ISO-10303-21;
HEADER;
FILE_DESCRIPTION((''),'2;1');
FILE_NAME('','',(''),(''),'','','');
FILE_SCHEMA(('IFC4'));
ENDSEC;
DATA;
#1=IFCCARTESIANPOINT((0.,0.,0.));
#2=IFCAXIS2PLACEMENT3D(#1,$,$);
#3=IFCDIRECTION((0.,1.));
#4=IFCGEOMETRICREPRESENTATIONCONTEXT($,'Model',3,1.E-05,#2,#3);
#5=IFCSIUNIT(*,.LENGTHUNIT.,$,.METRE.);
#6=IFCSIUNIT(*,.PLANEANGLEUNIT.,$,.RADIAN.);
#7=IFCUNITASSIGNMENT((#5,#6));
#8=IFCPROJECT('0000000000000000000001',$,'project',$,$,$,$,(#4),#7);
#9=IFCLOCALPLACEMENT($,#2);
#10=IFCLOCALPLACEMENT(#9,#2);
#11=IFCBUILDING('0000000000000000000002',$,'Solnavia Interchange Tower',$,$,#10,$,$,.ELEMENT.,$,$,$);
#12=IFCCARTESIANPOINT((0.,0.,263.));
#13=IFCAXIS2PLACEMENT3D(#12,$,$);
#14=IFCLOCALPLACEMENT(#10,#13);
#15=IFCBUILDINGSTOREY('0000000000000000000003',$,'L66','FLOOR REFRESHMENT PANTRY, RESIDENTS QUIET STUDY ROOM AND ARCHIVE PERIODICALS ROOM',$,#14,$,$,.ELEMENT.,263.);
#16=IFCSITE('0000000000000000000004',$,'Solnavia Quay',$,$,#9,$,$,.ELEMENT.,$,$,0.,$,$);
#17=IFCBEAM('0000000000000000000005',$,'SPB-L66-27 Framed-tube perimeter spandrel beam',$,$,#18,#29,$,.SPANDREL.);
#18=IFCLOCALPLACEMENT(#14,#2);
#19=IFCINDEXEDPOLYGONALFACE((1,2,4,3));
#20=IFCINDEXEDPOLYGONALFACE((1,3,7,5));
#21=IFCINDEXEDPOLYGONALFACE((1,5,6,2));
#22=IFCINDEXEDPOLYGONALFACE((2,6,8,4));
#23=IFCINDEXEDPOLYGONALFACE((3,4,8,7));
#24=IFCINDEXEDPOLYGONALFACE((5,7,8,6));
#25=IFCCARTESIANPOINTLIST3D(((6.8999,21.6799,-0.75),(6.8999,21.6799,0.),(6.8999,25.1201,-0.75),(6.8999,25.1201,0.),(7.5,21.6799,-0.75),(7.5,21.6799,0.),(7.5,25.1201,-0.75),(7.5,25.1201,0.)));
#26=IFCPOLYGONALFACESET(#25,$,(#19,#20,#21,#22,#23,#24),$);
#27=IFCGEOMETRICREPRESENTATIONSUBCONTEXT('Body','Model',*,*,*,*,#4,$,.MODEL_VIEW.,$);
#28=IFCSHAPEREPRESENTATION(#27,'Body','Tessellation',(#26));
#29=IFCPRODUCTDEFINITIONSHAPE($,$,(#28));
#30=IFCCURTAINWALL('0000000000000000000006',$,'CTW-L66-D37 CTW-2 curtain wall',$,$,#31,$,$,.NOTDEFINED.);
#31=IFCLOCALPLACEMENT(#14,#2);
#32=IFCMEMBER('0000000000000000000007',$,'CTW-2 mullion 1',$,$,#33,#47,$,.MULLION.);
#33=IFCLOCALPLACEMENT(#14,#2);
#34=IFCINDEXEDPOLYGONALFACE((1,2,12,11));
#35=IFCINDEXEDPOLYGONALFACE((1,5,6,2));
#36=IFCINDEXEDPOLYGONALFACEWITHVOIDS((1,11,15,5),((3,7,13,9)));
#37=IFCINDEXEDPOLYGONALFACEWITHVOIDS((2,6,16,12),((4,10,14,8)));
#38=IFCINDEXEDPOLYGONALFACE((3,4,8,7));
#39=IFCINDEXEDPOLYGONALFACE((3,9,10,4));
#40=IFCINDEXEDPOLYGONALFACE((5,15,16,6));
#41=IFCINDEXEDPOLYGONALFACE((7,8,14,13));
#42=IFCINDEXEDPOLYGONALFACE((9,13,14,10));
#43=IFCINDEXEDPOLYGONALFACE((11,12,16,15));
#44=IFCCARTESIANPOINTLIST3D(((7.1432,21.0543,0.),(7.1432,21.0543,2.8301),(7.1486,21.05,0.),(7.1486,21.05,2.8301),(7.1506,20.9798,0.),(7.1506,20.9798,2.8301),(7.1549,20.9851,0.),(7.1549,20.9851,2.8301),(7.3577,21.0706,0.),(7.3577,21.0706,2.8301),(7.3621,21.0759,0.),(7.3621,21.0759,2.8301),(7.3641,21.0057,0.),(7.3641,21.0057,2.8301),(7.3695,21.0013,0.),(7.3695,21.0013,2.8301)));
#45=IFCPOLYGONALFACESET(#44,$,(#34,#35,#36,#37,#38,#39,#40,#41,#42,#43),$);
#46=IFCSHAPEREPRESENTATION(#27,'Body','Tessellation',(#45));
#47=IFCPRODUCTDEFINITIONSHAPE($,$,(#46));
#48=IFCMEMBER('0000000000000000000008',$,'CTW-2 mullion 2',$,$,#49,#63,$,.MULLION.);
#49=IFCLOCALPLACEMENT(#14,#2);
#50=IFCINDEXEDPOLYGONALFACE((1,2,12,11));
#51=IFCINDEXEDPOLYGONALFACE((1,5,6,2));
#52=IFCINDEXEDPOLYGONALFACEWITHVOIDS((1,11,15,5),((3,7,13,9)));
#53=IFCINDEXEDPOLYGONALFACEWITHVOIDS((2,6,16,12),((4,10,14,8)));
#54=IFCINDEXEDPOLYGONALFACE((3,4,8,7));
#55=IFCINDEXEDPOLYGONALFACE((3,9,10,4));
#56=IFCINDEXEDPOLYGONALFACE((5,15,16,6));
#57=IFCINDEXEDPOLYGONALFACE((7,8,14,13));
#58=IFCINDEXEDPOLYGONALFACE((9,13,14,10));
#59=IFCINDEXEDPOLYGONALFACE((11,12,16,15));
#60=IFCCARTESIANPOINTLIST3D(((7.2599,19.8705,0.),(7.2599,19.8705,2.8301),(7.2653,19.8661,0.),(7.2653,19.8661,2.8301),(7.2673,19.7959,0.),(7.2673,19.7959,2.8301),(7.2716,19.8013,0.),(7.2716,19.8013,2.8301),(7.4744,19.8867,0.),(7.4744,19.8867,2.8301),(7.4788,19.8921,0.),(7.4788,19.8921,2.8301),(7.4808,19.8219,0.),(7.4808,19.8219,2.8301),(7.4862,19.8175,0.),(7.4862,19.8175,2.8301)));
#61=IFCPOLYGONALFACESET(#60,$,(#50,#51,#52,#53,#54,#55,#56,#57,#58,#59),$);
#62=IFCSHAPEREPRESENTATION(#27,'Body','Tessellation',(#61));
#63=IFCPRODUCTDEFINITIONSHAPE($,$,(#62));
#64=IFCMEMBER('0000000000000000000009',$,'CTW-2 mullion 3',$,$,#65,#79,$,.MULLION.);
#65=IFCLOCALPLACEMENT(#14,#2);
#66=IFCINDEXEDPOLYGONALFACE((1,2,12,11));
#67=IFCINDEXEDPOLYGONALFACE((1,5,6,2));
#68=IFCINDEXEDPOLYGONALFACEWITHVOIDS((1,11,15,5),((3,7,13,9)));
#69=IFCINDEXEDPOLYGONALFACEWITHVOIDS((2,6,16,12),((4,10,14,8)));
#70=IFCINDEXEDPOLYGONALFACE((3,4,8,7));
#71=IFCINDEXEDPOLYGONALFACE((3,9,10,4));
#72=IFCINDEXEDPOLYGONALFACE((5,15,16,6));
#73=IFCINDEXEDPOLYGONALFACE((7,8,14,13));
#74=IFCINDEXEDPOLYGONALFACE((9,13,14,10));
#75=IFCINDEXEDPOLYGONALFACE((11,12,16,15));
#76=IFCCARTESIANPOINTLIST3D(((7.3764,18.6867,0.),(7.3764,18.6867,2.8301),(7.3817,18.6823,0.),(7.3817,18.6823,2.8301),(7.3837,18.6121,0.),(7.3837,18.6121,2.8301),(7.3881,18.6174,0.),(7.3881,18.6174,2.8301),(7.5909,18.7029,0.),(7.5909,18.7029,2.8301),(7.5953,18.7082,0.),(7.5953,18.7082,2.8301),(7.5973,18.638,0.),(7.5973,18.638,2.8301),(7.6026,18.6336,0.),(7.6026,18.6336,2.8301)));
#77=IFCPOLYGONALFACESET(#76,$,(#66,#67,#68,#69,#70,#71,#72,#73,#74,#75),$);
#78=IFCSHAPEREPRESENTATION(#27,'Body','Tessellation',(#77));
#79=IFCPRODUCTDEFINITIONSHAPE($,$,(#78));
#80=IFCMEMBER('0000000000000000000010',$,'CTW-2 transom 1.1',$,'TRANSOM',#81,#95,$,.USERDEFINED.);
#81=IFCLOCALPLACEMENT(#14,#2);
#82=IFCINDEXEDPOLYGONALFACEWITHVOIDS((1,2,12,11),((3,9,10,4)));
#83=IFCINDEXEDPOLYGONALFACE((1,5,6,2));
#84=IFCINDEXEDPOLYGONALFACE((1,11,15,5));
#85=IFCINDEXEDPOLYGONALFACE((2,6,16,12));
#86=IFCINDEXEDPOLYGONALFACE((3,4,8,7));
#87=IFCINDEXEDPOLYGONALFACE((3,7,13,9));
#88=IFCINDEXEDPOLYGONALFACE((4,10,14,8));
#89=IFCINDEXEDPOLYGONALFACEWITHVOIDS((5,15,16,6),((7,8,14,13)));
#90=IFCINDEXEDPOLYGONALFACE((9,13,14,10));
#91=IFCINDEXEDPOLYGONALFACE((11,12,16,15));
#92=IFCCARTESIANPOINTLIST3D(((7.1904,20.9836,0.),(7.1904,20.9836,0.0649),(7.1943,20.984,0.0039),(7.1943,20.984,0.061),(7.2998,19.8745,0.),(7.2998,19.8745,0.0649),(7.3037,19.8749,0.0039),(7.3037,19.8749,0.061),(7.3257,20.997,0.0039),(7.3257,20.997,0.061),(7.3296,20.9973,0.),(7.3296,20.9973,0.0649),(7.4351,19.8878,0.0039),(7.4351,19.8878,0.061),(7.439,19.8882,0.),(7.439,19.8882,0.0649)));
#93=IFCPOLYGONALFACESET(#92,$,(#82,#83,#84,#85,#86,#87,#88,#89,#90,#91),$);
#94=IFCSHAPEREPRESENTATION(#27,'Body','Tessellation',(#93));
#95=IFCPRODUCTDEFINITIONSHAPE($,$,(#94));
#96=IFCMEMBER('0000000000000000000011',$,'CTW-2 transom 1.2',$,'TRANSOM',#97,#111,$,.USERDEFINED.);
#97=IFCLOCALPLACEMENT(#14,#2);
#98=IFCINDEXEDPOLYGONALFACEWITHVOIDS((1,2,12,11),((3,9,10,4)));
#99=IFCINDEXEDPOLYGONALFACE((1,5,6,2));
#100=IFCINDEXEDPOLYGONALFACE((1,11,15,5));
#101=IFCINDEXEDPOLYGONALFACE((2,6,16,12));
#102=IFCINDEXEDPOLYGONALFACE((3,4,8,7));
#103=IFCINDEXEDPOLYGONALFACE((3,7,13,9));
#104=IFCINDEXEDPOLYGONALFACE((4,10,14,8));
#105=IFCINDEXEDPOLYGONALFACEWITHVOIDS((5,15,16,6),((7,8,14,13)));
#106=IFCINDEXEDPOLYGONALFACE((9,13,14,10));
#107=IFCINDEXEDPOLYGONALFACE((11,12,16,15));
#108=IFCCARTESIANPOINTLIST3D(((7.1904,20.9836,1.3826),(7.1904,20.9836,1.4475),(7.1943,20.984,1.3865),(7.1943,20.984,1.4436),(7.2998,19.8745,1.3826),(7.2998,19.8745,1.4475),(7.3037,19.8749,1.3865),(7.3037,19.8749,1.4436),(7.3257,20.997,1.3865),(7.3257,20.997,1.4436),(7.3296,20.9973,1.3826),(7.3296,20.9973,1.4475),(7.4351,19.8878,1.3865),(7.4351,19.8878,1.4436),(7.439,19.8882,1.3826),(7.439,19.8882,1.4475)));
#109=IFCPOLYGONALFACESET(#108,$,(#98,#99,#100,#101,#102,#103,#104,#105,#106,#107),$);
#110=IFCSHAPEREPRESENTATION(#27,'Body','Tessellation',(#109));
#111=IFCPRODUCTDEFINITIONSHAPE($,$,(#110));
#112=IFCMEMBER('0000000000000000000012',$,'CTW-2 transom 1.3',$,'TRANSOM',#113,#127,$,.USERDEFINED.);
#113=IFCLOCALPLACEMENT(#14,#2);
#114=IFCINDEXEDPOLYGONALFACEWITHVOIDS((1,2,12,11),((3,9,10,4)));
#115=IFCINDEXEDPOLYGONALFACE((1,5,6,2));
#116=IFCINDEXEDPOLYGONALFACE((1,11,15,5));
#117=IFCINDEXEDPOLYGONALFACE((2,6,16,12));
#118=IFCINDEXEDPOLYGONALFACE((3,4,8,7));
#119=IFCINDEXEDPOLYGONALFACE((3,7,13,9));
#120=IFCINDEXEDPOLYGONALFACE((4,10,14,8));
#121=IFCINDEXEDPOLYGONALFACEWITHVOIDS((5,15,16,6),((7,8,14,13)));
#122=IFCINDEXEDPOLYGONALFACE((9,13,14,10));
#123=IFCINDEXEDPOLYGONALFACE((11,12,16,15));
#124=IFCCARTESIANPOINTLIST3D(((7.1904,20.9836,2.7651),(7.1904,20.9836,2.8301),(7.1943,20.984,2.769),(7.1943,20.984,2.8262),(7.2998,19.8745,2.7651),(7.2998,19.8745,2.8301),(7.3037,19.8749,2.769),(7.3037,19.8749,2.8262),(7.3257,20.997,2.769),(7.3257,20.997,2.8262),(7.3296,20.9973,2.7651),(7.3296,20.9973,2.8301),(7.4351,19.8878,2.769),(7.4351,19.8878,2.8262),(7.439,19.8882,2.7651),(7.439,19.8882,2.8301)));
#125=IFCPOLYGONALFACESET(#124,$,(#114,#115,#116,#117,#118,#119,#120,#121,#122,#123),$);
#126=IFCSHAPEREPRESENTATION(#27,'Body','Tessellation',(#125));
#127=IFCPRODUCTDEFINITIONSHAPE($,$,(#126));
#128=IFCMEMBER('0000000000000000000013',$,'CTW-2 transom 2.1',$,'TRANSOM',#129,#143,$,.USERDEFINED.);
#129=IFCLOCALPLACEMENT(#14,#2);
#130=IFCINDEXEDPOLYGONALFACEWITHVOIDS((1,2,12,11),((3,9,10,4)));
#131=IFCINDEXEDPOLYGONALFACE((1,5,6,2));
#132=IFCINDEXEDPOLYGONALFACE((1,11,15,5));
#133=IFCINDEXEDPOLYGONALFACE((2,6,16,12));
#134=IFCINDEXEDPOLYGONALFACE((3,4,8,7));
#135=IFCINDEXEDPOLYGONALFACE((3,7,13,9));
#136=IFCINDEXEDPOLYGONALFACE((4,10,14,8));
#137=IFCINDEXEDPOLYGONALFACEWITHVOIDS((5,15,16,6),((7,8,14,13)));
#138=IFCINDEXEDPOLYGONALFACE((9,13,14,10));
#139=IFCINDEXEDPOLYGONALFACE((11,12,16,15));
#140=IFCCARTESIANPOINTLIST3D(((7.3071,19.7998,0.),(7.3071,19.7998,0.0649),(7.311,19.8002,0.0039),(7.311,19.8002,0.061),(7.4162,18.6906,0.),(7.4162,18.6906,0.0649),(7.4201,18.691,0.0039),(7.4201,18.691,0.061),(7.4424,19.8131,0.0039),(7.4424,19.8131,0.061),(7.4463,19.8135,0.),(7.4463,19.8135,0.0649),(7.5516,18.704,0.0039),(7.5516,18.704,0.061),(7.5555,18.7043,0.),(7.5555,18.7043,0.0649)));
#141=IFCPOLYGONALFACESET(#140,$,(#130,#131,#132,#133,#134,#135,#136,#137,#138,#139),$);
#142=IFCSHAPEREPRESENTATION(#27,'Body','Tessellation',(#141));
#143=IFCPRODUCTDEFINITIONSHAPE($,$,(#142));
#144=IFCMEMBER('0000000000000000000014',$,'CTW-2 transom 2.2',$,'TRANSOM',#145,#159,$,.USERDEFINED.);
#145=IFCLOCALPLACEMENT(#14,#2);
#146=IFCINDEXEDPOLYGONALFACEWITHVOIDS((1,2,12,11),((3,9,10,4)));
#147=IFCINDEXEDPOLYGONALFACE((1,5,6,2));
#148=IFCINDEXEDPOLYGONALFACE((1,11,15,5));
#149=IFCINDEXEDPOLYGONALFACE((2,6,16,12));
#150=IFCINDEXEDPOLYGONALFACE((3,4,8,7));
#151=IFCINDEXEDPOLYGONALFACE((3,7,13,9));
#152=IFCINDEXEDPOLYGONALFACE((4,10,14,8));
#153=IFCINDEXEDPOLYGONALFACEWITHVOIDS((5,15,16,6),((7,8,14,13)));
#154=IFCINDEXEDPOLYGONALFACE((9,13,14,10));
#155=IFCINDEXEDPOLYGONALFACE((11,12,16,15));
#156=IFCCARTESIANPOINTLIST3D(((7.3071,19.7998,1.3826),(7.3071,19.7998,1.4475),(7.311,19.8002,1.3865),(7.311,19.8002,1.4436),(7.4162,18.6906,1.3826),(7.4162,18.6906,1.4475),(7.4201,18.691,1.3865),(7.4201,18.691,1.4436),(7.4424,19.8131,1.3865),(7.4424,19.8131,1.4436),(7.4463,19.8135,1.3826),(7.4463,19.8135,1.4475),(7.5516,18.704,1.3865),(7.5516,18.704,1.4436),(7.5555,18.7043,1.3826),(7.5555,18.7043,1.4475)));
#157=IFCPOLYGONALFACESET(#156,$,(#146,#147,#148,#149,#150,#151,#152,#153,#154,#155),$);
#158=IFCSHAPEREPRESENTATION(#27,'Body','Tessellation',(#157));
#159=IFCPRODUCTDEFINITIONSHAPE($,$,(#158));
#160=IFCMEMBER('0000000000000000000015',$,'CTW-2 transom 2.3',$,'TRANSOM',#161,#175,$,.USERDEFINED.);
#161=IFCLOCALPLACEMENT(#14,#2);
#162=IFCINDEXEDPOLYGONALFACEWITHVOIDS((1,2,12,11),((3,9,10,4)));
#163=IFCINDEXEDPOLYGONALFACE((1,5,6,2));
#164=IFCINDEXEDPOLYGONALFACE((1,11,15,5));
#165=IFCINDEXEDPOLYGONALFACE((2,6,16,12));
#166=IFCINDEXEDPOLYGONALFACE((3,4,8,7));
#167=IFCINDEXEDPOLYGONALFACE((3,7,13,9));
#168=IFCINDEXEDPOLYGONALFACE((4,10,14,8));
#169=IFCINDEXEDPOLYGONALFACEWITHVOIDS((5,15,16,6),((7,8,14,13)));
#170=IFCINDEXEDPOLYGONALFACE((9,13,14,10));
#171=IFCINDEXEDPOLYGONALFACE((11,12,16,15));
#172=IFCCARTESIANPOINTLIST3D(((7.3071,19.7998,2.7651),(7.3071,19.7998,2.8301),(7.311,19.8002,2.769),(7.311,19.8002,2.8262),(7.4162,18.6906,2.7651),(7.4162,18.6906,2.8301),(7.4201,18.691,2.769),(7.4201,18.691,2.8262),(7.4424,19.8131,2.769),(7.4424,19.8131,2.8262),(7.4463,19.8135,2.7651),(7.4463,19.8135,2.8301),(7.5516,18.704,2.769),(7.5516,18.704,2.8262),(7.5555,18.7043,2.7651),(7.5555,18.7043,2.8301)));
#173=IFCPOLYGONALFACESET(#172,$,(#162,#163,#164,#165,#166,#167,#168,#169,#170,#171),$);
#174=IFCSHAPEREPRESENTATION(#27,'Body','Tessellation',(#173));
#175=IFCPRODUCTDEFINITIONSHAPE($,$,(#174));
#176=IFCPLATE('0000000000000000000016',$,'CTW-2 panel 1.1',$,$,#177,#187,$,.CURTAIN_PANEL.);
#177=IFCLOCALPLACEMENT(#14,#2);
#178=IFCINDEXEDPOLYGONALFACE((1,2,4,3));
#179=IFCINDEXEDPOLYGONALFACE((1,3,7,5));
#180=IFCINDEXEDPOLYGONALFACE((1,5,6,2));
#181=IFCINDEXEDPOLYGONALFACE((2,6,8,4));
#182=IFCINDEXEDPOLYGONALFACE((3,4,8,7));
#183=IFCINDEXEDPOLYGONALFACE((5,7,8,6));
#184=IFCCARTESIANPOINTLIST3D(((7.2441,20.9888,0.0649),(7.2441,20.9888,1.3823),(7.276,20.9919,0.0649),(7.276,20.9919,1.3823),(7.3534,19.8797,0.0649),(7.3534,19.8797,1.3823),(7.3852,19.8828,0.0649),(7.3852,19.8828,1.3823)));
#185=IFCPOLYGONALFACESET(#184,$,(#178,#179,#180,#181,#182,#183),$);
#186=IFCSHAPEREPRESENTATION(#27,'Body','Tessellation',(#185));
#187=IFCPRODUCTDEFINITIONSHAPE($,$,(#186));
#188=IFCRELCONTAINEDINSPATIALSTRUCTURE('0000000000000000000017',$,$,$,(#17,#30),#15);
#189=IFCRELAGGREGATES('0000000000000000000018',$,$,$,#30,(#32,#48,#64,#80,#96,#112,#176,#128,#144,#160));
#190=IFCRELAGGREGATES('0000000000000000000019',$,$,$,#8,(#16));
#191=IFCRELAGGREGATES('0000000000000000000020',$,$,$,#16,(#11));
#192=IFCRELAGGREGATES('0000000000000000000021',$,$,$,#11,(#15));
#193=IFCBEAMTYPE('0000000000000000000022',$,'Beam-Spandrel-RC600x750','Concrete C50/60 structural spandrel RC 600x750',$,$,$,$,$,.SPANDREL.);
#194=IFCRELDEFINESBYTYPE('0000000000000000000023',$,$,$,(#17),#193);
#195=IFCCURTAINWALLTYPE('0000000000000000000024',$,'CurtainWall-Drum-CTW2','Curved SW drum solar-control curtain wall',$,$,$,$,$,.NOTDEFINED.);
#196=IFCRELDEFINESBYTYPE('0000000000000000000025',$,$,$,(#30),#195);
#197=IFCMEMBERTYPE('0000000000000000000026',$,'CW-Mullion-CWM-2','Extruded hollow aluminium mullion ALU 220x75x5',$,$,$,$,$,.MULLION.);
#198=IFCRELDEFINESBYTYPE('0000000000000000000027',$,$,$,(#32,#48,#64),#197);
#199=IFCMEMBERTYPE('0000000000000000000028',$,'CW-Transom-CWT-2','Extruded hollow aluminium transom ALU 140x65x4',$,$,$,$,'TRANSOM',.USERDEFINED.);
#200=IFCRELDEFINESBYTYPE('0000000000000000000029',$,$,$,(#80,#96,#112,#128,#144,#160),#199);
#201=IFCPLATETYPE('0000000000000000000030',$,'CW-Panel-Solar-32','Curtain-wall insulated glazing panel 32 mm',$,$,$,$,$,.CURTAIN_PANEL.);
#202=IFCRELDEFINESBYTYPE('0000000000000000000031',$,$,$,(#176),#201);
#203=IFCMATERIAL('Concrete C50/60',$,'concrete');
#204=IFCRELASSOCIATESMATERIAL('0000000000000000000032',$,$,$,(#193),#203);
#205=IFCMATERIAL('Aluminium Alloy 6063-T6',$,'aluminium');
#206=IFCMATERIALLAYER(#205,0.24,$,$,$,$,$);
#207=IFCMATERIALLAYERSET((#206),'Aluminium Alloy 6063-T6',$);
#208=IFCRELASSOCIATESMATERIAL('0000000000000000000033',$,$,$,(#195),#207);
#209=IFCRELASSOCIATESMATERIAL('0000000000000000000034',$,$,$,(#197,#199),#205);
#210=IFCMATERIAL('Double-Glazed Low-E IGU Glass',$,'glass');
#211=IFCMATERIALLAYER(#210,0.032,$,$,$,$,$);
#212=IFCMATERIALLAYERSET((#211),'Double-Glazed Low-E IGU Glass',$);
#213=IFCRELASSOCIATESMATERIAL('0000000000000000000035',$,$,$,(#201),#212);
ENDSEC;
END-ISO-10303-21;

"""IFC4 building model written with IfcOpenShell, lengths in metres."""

from ifc_helpers import new_model, si_unit, direction, frame, origin, origin_2d, place, context, subcontext, project, spatial, rectangle, hollow_rectangle, extrude, material, layer, layer_set, material_profile, profile_set, type_object, element, aggregate, save


model = new_model("IFC4")

# Units and contexts
model_context = context("Model", 3, precision=1e-05, world=origin(), true_north=direction((0.0, 1.0)))
body_context = subcontext(model_context, "Body", "Model", "MODEL_VIEW")
ifc_project = project(units=[si_unit("LENGTHUNIT", "METRE"), si_unit("PLANEANGLEUNIT", "RADIAN")], contexts=[model_context])

# Site, building, storey
site_placement = place(None, origin())
site = spatial("IfcSite", under=ifc_project, at=site_placement, Name="Solnavia Quay", CompositionType="ELEMENT", RefElevation=0.0)
building_placement = place(site_placement, origin())
building = spatial("IfcBuilding", under=site, at=building_placement, Name="Solnavia Interchange Tower", CompositionType="ELEMENT")
storey_placement = place(building_placement, frame((0.0, 0.0, 263.0)))
storey = spatial("IfcBuildingStorey", under=building, at=storey_placement, Name="L66", Description="FLOOR REFRESHMENT PANTRY, RESIDENTS QUIET STUDY ROOM AND ARCHIVE PERIODICALS ROOM", CompositionType="ELEMENT", Elevation=263.0)

# Shared definitions
ifc_material_1 = material(Name="Concrete C50/60", Category="concrete")

# Beam
ifc_material_profile_1 = material_profile(ifc_material_1, rectangle(XDim=0.6001, YDim=0.75, at=origin_2d()), Name="RC 600x750")
ifc_profile_set_1 = profile_set([ifc_material_profile_1], Name="Concrete C50/60")
beam_type_1 = type_object("IfcBeamType", Name="Beam-Spandrel-RC600x750", Description="Concrete C50/60 structural spandrel RC 600x750", PredefinedType="SPANDREL", material=ifc_profile_set_1)
beam_1_placement = place(storey_placement, frame((7.2, 25.1201, -0.375), z_axis=(0.0, -1.0, 0.0), x_axis=(1.0, 0.0, 0.0)))
element("IfcBeam", 1, at=beam_1_placement, inside=storey, type_object=beam_type_1, Name="SPB-L66-27 Framed-tube perimeter spandrel beam", PredefinedType="SPANDREL", context=body_context, shape_type="SweptSolid", body=[
    extrude(rectangle(XDim=0.6001, YDim=0.75, at=origin_2d()), origin(), (0.0, 0.0, 1.0), 3.4402),
])

# Curtain wall, members, plate
ifc_material_2 = material(Name="Aluminium Alloy 6063-T6", Category="aluminium")
ifc_layer_1 = layer(ifc_material_2, 0.24)
ifc_layer_set_1 = layer_set([ifc_layer_1], Name="Aluminium Alloy 6063-T6")
curtain_wall_type = type_object("IfcCurtainWallType", Name="CurtainWall-Drum-CTW2", Description="Curved SW drum solar-control curtain wall", PredefinedType="NOTDEFINED", material=ifc_layer_set_1)
curtain_wall_placement = place(storey_placement, origin())
curtain_wall = element("IfcCurtainWall", 2, at=curtain_wall_placement, inside=storey, type_object=curtain_wall_type, Name="CTW-L66-D37 CTW-2 curtain wall", PredefinedType="NOTDEFINED")
ifc_material_profile_2 = material_profile(ifc_material_2, hollow_rectangle(XDim=0.075, YDim=0.22, WallThickness=0.0049, at=origin_2d()), Name="ALU 220x75x5")
ifc_profile_set_2 = profile_set([ifc_material_profile_2], Name="Aluminium Alloy 6063-T6")
member_type_1 = type_object("IfcMemberType", Name="CW-Mullion-CWM-2", Description="Extruded hollow aluminium mullion ALU 220x75x5", PredefinedType="MULLION", material=ifc_profile_set_2)
member_1_placement = place(storey_placement, frame((7.2563, 21.0278, 0.0), z_axis=(0.0, 0.0, 1.0), x_axis=(0.098043, -0.995182, 0.0)))
member_1 = element("IfcMember", 3, at=member_1_placement, type_object=member_type_1, Name="CTW-2 mullion 1", PredefinedType="MULLION", context=body_context, shape_type="SweptSolid", body=[
    extrude(hollow_rectangle(XDim=0.075, YDim=0.22, WallThickness=0.0049, at=origin_2d()), origin(), (0.0, 0.0, 1.0), 2.8301),
])
member_2_placement = place(storey_placement, frame((7.373, 19.844, 0.0), z_axis=(0.0, 0.0, 1.0), x_axis=(0.098043, -0.995182, 0.0)))
member_2 = element("IfcMember", 4, at=member_2_placement, type_object=member_type_1, Name="CTW-2 mullion 2", PredefinedType="MULLION", context=body_context, shape_type="SweptSolid", body=[
    extrude(hollow_rectangle(XDim=0.075, YDim=0.22, WallThickness=0.0049, at=origin_2d()), origin(), (0.0, 0.0, 1.0), 2.8301),
])
member_3_placement = place(storey_placement, frame((7.4895, 18.6602, 0.0), z_axis=(0.0, 0.0, 1.0), x_axis=(0.098043, -0.995182, 0.0)))
member_3 = element("IfcMember", 5, at=member_3_placement, type_object=member_type_1, Name="CTW-2 mullion 3", PredefinedType="MULLION", context=body_context, shape_type="SweptSolid", body=[
    extrude(hollow_rectangle(XDim=0.075, YDim=0.22, WallThickness=0.0049, at=origin_2d()), origin(), (0.0, 0.0, 1.0), 2.8301),
])
ifc_material_profile_3 = material_profile(ifc_material_2, hollow_rectangle(XDim=0.0649, YDim=0.1399, WallThickness=0.0039, at=origin_2d()), Name="ALU 140x65x4")
ifc_profile_set_3 = profile_set([ifc_material_profile_3], Name="Aluminium Alloy 6063-T6")
member_type_2 = type_object("IfcMemberType", Name="CW-Transom-CWT-2", Description="Extruded hollow aluminium transom ALU 140x65x4", ElementType="TRANSOM", PredefinedType="USERDEFINED", material=ifc_profile_set_3)
member_4_placement = place(storey_placement, frame((7.26, 20.9905, 0.0325), z_axis=(0.098137, -0.995173, 0.0), x_axis=(0.0, 0.0, 1.0)))
member_4 = element("IfcMember", 6, at=member_4_placement, type_object=member_type_2, Name="CTW-2 transom 1.1", ObjectType="TRANSOM", PredefinedType="USERDEFINED", context=body_context, shape_type="SweptSolid", body=[
    extrude(hollow_rectangle(XDim=0.0649, YDim=0.1399, WallThickness=0.0039, at=origin_2d()), origin(), (0.0, 0.0, 1.0), 1.1145),
])
member_5_placement = place(storey_placement, frame((7.26, 20.9905, 1.415), z_axis=(0.098137, -0.995173, 0.0), x_axis=(0.0, 0.0, 1.0)))
member_5 = element("IfcMember", 7, at=member_5_placement, type_object=member_type_2, Name="CTW-2 transom 1.2", ObjectType="TRANSOM", PredefinedType="USERDEFINED", context=body_context, shape_type="SweptSolid", body=[
    extrude(hollow_rectangle(XDim=0.0649, YDim=0.1399, WallThickness=0.0039, at=origin_2d()), origin(), (0.0, 0.0, 1.0), 1.1145),
])
member_6_placement = place(storey_placement, frame((7.26, 20.9905, 2.7976), z_axis=(0.098137, -0.995173, 0.0), x_axis=(0.0, 0.0, 1.0)))
member_6 = element("IfcMember", 8, at=member_6_placement, type_object=member_type_2, Name="CTW-2 transom 1.3", ObjectType="TRANSOM", PredefinedType="USERDEFINED", context=body_context, shape_type="SweptSolid", body=[
    extrude(hollow_rectangle(XDim=0.0649, YDim=0.1399, WallThickness=0.0039, at=origin_2d()), origin(), (0.0, 0.0, 1.0), 1.1145),
])
member_7_placement = place(storey_placement, frame((7.3767, 19.8066, 0.0325), z_axis=(0.09792, -0.995194, 0.0), x_axis=(0.0, 0.0, 1.0)))
member_7 = element("IfcMember", 9, at=member_7_placement, type_object=member_type_2, Name="CTW-2 transom 2.1", ObjectType="TRANSOM", PredefinedType="USERDEFINED", context=body_context, shape_type="SweptSolid", body=[
    extrude(hollow_rectangle(XDim=0.0649, YDim=0.1399, WallThickness=0.0039, at=origin_2d()), origin(), (0.0, 0.0, 1.0), 1.1145),
])
member_8_placement = place(storey_placement, frame((7.3767, 19.8066, 1.415), z_axis=(0.09792, -0.995194, 0.0), x_axis=(0.0, 0.0, 1.0)))
member_8 = element("IfcMember", 10, at=member_8_placement, type_object=member_type_2, Name="CTW-2 transom 2.2", ObjectType="TRANSOM", PredefinedType="USERDEFINED", context=body_context, shape_type="SweptSolid", body=[
    extrude(hollow_rectangle(XDim=0.0649, YDim=0.1399, WallThickness=0.0039, at=origin_2d()), origin(), (0.0, 0.0, 1.0), 1.1145),
])
member_9_placement = place(storey_placement, frame((7.3767, 19.8066, 2.7976), z_axis=(0.09792, -0.995194, 0.0), x_axis=(0.0, 0.0, 1.0)))
member_9 = element("IfcMember", 11, at=member_9_placement, type_object=member_type_2, Name="CTW-2 transom 2.3", ObjectType="TRANSOM", PredefinedType="USERDEFINED", context=body_context, shape_type="SweptSolid", body=[
    extrude(hollow_rectangle(XDim=0.0649, YDim=0.1399, WallThickness=0.0039, at=origin_2d()), origin(), (0.0, 0.0, 1.0), 1.1145),
])
ifc_material_3 = material(Name="Double-Glazed Low-E IGU Glass", Category="glass")
ifc_layer_2 = layer(ifc_material_3, 0.032)
ifc_layer_set_2 = layer_set([ifc_layer_2], Name="Double-Glazed Low-E IGU Glass")
plate_type = type_object("IfcPlateType", Name="CW-Panel-Solar-32", Description="Curtain-wall insulated glazing panel 32 mm", PredefinedType="CURTAIN_PANEL", material=ifc_layer_set_2)
plate_1_placement = place(storey_placement, frame((7.3147, 20.4358, 0.0649), z_axis=(0.0, 0.0, 1.0), x_axis=(0.098043, -0.995182, 0.0)))
plate_1 = element("IfcPlate", 12, at=plate_1_placement, type_object=plate_type, Name="CTW-2 panel 1.1", PredefinedType="CURTAIN_PANEL", context=body_context, shape_type="SweptSolid", body=[
    extrude(rectangle(XDim=1.1145, YDim=0.032, at=origin_2d()), origin(), (0.0, 0.0, 1.0), 1.3174),
])
aggregate(curtain_wall, [member_1, member_2, member_3, member_4, member_5, member_6, plate_1, member_7, member_8, member_9])

save(model, "model.ifc")
